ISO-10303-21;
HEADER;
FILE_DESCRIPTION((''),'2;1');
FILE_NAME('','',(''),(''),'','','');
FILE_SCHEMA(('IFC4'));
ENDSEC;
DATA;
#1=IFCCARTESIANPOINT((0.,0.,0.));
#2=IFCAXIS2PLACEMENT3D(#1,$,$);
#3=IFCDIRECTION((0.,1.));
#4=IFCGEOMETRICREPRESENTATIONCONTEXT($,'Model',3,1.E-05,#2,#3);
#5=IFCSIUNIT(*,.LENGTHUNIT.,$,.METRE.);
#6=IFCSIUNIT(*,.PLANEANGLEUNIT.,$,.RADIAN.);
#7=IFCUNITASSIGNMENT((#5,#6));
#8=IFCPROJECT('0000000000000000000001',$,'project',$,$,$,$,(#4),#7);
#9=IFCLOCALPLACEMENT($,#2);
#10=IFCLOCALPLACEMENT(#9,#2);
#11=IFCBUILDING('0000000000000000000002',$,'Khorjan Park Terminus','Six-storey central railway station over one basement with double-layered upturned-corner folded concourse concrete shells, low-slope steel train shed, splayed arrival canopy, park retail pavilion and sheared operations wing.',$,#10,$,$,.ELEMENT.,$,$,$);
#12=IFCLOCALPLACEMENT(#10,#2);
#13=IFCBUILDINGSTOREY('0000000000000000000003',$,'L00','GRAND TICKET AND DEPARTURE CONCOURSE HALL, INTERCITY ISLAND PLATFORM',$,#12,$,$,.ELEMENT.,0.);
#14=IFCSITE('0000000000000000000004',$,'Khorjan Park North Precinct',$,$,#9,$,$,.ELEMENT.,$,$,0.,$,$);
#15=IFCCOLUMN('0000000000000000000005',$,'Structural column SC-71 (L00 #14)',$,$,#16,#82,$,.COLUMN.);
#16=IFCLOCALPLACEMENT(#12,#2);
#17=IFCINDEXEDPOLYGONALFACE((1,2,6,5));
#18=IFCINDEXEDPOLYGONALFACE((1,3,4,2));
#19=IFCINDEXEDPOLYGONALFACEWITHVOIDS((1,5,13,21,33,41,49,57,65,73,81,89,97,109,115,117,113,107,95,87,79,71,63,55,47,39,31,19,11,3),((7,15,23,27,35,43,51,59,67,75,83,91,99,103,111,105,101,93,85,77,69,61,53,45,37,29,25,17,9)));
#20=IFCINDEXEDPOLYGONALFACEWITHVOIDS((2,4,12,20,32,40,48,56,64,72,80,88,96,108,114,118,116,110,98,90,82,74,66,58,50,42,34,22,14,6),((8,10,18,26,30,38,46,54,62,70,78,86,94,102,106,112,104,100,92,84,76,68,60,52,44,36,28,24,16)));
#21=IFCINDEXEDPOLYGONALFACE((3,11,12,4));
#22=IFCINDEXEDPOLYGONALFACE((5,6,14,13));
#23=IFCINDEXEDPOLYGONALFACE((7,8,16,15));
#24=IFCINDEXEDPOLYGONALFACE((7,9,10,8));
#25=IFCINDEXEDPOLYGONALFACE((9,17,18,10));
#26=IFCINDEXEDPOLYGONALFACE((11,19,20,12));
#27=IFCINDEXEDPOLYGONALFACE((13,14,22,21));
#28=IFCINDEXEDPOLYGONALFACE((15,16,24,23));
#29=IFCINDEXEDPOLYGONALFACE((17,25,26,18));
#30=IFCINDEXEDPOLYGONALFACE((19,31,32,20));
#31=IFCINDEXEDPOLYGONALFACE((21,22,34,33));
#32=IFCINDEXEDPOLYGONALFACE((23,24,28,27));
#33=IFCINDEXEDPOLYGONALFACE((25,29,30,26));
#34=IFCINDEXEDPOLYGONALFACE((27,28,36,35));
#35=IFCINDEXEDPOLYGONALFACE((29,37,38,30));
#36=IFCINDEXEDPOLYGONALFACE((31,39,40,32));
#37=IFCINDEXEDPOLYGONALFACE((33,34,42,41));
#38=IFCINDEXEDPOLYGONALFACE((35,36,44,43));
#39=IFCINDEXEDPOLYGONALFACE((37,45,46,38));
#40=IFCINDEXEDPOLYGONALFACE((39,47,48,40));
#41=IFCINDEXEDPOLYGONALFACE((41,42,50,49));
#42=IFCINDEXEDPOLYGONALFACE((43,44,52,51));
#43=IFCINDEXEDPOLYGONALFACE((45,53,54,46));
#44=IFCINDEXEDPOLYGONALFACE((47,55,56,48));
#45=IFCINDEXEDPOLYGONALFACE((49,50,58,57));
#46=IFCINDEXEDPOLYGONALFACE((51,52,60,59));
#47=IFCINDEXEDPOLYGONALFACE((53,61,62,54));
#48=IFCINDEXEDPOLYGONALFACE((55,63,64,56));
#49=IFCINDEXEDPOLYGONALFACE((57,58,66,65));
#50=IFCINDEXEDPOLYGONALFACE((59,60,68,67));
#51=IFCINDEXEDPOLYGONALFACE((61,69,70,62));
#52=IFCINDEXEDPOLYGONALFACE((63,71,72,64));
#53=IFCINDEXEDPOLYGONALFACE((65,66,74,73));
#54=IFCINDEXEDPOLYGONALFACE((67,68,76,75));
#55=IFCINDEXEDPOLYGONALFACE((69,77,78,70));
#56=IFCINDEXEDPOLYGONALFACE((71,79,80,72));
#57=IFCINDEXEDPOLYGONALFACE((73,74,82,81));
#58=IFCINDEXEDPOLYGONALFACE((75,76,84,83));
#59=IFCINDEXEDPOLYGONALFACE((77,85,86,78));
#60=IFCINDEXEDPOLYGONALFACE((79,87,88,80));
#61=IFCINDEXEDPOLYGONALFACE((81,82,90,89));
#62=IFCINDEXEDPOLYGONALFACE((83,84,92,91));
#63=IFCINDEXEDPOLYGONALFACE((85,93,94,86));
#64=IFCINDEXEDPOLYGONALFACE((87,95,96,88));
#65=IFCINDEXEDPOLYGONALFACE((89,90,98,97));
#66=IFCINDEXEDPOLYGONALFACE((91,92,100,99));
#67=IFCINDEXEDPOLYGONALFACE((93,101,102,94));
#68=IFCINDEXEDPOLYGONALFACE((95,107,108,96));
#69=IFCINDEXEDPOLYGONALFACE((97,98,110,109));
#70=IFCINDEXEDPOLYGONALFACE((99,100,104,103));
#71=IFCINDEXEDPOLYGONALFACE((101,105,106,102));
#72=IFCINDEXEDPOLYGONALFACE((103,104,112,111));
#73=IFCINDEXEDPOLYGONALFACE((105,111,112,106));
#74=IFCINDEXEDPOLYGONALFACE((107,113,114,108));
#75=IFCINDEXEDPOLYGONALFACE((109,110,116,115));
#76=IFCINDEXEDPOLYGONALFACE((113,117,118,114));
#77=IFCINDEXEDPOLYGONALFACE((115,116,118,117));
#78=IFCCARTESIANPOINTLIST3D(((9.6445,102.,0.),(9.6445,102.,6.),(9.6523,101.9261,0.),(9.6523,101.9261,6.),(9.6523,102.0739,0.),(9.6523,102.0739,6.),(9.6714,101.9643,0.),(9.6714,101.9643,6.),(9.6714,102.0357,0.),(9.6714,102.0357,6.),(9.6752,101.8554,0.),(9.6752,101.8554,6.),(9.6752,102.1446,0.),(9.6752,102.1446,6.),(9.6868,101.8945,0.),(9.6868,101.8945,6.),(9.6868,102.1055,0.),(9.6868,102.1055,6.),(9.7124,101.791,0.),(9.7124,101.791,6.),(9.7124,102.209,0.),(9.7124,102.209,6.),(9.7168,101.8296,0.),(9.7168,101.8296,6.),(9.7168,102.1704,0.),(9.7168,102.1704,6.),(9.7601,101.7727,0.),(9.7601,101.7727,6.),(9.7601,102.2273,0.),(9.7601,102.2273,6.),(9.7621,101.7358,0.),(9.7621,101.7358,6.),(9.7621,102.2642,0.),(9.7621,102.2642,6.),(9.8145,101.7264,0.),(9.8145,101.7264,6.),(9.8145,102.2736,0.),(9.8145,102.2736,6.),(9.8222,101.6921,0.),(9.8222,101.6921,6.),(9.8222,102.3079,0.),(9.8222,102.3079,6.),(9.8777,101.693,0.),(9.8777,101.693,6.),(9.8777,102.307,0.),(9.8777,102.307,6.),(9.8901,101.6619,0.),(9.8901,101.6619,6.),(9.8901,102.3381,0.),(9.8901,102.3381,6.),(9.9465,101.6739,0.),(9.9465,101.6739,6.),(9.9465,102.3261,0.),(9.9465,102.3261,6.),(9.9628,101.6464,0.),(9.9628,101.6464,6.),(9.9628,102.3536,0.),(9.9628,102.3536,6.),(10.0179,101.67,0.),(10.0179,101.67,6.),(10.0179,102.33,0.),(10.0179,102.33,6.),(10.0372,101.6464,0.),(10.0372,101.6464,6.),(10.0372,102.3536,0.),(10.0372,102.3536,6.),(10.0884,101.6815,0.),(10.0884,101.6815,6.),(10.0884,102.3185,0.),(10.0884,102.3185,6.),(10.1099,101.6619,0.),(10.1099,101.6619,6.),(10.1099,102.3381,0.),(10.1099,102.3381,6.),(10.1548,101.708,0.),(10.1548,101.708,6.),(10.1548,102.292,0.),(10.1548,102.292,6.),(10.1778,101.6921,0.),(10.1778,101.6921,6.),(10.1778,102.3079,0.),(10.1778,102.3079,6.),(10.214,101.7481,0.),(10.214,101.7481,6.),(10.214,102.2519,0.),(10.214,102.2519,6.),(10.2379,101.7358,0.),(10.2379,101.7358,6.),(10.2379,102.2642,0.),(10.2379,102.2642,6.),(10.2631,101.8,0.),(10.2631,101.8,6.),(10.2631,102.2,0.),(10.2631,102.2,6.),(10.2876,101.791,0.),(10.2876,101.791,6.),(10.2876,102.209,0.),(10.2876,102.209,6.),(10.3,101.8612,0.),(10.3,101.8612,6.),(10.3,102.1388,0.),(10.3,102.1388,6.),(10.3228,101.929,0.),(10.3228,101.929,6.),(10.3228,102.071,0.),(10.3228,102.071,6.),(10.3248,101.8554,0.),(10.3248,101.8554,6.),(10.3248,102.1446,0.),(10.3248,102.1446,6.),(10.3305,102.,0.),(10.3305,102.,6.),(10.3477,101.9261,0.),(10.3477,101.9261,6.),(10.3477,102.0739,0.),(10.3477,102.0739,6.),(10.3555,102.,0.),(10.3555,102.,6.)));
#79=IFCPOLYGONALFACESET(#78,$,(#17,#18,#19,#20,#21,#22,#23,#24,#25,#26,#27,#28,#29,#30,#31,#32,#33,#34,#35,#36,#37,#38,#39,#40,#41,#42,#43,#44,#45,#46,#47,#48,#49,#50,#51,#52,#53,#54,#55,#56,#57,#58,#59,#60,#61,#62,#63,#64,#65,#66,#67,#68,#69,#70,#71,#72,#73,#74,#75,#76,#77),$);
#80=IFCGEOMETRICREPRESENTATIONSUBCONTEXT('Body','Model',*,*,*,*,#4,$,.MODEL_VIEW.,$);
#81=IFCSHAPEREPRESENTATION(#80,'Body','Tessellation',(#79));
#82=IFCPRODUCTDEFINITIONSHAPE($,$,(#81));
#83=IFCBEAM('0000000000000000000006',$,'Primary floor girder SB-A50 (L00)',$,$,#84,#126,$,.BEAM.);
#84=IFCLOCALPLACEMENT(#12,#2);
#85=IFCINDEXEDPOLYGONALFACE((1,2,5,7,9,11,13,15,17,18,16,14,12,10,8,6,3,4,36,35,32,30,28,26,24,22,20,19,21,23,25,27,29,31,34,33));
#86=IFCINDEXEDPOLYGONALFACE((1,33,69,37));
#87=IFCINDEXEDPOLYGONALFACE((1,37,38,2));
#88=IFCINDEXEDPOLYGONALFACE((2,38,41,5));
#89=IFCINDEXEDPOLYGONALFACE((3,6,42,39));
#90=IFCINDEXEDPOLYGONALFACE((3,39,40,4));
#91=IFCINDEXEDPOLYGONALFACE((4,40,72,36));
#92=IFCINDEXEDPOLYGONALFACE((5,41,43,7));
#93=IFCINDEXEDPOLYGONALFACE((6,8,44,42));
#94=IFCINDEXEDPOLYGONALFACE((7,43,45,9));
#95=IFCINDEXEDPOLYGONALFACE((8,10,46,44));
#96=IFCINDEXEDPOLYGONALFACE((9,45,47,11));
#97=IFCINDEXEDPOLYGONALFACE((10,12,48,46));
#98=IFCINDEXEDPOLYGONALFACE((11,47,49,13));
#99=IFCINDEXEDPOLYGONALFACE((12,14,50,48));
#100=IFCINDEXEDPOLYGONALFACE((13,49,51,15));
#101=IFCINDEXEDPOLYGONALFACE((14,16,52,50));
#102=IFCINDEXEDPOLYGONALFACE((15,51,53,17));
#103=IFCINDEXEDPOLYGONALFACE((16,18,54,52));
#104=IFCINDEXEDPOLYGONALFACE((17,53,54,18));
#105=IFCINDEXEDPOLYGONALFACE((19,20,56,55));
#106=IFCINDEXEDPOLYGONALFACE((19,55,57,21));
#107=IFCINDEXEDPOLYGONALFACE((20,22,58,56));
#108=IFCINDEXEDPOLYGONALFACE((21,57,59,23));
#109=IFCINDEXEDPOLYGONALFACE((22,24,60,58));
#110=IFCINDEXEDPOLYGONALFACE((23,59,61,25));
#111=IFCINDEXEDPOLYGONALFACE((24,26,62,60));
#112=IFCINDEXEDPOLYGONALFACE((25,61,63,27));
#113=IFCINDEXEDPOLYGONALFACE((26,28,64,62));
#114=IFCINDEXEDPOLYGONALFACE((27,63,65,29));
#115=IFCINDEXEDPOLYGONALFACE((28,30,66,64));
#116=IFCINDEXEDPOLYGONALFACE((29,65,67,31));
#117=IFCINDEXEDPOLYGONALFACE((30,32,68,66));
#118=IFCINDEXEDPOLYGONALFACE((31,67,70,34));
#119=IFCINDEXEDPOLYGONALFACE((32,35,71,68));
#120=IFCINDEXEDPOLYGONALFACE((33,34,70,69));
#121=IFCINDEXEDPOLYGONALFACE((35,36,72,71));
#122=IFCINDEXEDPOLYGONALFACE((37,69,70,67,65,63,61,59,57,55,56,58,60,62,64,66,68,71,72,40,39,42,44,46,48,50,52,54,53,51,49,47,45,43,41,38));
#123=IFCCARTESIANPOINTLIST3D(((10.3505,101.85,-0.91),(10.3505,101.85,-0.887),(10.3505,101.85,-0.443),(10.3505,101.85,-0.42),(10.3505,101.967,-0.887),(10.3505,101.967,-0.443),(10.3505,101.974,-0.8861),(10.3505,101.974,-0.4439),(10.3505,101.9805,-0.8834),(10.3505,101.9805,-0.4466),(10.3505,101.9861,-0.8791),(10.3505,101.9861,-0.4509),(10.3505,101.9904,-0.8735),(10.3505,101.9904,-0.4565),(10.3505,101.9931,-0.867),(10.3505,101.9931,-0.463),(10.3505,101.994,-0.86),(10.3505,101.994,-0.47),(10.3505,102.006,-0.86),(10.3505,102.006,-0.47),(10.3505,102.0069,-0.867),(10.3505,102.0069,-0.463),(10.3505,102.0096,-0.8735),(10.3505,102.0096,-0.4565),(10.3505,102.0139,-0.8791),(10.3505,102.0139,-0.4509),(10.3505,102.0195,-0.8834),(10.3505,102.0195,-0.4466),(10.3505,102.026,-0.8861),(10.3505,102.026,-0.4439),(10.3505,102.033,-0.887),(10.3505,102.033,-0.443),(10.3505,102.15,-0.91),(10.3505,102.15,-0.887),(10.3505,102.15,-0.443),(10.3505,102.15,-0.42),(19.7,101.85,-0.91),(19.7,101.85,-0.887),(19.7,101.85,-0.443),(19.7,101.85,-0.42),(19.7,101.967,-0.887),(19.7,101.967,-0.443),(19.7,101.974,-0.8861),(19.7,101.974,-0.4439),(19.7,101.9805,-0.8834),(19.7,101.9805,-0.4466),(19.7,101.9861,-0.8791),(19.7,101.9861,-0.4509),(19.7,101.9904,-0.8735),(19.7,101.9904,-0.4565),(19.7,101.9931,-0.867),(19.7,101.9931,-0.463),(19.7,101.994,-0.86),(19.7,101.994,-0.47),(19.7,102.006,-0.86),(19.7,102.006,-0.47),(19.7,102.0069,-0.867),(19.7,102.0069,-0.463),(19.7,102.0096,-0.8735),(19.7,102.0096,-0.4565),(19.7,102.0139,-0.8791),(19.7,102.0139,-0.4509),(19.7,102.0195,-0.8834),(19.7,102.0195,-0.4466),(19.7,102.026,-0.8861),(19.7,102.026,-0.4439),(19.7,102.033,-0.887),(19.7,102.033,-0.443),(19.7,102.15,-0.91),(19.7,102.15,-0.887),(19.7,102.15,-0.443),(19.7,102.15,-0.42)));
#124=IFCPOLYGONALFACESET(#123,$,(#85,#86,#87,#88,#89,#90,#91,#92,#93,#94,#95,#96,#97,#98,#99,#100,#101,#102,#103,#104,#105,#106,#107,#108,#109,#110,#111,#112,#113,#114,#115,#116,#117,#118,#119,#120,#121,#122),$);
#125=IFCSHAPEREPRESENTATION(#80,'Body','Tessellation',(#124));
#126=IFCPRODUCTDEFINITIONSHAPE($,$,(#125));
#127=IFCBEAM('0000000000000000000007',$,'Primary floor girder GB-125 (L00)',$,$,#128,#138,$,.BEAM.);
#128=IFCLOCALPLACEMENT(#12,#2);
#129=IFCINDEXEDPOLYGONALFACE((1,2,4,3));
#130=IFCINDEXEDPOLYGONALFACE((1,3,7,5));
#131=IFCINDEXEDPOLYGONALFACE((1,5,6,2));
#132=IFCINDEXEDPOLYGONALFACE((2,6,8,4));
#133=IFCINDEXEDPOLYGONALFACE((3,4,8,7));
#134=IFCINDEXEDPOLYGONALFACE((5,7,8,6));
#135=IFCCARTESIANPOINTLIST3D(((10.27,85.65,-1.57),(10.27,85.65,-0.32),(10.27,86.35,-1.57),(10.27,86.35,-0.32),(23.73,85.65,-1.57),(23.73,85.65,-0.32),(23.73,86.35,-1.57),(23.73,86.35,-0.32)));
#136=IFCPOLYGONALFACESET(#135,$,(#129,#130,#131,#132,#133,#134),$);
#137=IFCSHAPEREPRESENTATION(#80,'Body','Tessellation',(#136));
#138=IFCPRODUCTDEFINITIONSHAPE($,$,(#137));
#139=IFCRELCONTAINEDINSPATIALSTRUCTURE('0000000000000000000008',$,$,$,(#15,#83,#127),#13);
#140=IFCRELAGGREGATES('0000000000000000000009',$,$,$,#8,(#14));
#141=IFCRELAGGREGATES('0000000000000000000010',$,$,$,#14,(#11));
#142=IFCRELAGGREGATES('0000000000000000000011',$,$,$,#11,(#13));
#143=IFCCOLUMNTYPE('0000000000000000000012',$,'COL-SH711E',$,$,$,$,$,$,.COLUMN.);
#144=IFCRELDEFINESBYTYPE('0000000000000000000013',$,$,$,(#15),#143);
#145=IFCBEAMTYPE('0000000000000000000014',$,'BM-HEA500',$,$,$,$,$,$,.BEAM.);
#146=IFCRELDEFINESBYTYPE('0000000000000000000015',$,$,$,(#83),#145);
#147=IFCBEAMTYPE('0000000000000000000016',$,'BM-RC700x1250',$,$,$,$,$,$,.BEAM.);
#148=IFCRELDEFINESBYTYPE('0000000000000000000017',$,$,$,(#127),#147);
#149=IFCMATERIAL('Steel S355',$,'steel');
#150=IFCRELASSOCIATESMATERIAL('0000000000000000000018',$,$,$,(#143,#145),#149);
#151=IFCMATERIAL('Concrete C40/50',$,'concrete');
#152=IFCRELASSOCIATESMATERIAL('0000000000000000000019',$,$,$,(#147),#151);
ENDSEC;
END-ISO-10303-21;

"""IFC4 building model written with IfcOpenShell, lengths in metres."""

from ifc_helpers import new_model, si_unit, direction, frame, origin, origin_2d, place, context, subcontext, project, spatial, rectangle, hollow_circle, i_section, extrude, material, material_profile, profile_set, type_object, element, save


model = new_model("IFC4")

# Units and contexts
model_context = context("Model", 3, precision=1e-05, world=origin(), true_north=direction((0.0, 1.0)))
body_context = subcontext(model_context, "Body", "Model", "MODEL_VIEW")
ifc_project = project(units=[si_unit("LENGTHUNIT", "METRE"), si_unit("PLANEANGLEUNIT", "RADIAN")], contexts=[model_context])

# Site, building, storey
site_placement = place(None, origin())
site = spatial("IfcSite", under=ifc_project, at=site_placement, Name="Khorjan Park North Precinct", CompositionType="ELEMENT", RefElevation=0.0)
building_placement = place(site_placement, origin())
building = spatial("IfcBuilding", under=site, at=building_placement, Name="Khorjan Park Terminus", Description="Six-storey central railway station over one basement with double-layered upturned-corner folded concourse concrete shells, low-slope steel train shed, splayed arrival canopy, park retail pavilion and sheared operations wing.", CompositionType="ELEMENT")
storey_placement = place(building_placement, origin())
storey = spatial("IfcBuildingStorey", under=building, at=storey_placement, Name="L00", Description="GRAND TICKET AND DEPARTURE CONCOURSE HALL, INTERCITY ISLAND PLATFORM", CompositionType="ELEMENT", Elevation=0.0)

# Column
ifc_material_1 = material(Name="Steel S355", Category="steel")
ifc_material_profile_1 = material_profile(ifc_material_1, hollow_circle(Radius=0.3555, WallThickness=0.025, at=origin_2d()), Name="CHS 711x25")
ifc_profile_set_1 = profile_set([ifc_material_profile_1], Name="Steel S355")
column_type = type_object("IfcColumnType", Name="COL-SH711E", PredefinedType="COLUMN", material=ifc_profile_set_1)
column_placement = place(storey_placement, frame((10.0, 102.0, 0.0), z_axis=(0.0, 0.0, 1.0), x_axis=(1.0, 0.0, 0.0)))
element("IfcColumn", 1, at=column_placement, inside=storey, type_object=column_type, Name="Structural column SC-71 (L00 #14)", PredefinedType="COLUMN", context=body_context, shape_type="SweptSolid", body=[
    extrude(hollow_circle(Radius=0.3555, WallThickness=0.025, at=origin_2d()), origin(), (0.0, 0.0, 1.0), 6.0),
])

# Beams
ifc_material_profile_2 = material_profile(ifc_material_1, i_section(OverallWidth=0.3, OverallDepth=0.49, WebThickness=0.012, FlangeThickness=0.023, FilletRadius=0.027, at=origin_2d()), Name="HEA 500")
ifc_profile_set_2 = profile_set([ifc_material_profile_2], Name="Steel S355")
beam_type_1 = type_object("IfcBeamType", Name="BM-HEA500", PredefinedType="BEAM", material=ifc_profile_set_2)
beam_1_placement = place(storey_placement, frame((10.3505, 102.0, -0.665), z_axis=(1.0, 0.0, 0.0), x_axis=(0.0, 1.0, 0.0)))
element("IfcBeam", 2, at=beam_1_placement, inside=storey, type_object=beam_type_1, Name="Primary floor girder SB-A50 (L00)", PredefinedType="BEAM", context=body_context, shape_type="SweptSolid", body=[
    extrude(i_section(OverallWidth=0.3, OverallDepth=0.49, WebThickness=0.012, FlangeThickness=0.023, FilletRadius=0.027, at=origin_2d()), origin(), (0.0, 0.0, 1.0), 9.3495),
])
ifc_material_2 = material(Name="Concrete C40/50", Category="concrete")
ifc_material_profile_3 = material_profile(ifc_material_2, rectangle(XDim=0.7, YDim=1.25, at=origin_2d()), Name="RC 700x1250")
ifc_profile_set_3 = profile_set([ifc_material_profile_3], Name="Concrete C40/50")
beam_type_2 = type_object("IfcBeamType", Name="BM-RC700x1250", PredefinedType="BEAM", material=ifc_profile_set_3)
beam_2_placement = place(storey_placement, frame((10.27, 86.0, -0.945), z_axis=(1.0, 0.0, 0.0), x_axis=(0.0, 1.0, 0.0)))
element("IfcBeam", 3, at=beam_2_placement, inside=storey, type_object=beam_type_2, Name="Primary floor girder GB-125 (L00)", PredefinedType="BEAM", context=body_context, shape_type="SweptSolid", body=[
    extrude(rectangle(XDim=0.7, YDim=1.25, at=origin_2d()), origin(), (0.0, 0.0, 1.0), 13.46),
])

save(model, "model.ifc")
